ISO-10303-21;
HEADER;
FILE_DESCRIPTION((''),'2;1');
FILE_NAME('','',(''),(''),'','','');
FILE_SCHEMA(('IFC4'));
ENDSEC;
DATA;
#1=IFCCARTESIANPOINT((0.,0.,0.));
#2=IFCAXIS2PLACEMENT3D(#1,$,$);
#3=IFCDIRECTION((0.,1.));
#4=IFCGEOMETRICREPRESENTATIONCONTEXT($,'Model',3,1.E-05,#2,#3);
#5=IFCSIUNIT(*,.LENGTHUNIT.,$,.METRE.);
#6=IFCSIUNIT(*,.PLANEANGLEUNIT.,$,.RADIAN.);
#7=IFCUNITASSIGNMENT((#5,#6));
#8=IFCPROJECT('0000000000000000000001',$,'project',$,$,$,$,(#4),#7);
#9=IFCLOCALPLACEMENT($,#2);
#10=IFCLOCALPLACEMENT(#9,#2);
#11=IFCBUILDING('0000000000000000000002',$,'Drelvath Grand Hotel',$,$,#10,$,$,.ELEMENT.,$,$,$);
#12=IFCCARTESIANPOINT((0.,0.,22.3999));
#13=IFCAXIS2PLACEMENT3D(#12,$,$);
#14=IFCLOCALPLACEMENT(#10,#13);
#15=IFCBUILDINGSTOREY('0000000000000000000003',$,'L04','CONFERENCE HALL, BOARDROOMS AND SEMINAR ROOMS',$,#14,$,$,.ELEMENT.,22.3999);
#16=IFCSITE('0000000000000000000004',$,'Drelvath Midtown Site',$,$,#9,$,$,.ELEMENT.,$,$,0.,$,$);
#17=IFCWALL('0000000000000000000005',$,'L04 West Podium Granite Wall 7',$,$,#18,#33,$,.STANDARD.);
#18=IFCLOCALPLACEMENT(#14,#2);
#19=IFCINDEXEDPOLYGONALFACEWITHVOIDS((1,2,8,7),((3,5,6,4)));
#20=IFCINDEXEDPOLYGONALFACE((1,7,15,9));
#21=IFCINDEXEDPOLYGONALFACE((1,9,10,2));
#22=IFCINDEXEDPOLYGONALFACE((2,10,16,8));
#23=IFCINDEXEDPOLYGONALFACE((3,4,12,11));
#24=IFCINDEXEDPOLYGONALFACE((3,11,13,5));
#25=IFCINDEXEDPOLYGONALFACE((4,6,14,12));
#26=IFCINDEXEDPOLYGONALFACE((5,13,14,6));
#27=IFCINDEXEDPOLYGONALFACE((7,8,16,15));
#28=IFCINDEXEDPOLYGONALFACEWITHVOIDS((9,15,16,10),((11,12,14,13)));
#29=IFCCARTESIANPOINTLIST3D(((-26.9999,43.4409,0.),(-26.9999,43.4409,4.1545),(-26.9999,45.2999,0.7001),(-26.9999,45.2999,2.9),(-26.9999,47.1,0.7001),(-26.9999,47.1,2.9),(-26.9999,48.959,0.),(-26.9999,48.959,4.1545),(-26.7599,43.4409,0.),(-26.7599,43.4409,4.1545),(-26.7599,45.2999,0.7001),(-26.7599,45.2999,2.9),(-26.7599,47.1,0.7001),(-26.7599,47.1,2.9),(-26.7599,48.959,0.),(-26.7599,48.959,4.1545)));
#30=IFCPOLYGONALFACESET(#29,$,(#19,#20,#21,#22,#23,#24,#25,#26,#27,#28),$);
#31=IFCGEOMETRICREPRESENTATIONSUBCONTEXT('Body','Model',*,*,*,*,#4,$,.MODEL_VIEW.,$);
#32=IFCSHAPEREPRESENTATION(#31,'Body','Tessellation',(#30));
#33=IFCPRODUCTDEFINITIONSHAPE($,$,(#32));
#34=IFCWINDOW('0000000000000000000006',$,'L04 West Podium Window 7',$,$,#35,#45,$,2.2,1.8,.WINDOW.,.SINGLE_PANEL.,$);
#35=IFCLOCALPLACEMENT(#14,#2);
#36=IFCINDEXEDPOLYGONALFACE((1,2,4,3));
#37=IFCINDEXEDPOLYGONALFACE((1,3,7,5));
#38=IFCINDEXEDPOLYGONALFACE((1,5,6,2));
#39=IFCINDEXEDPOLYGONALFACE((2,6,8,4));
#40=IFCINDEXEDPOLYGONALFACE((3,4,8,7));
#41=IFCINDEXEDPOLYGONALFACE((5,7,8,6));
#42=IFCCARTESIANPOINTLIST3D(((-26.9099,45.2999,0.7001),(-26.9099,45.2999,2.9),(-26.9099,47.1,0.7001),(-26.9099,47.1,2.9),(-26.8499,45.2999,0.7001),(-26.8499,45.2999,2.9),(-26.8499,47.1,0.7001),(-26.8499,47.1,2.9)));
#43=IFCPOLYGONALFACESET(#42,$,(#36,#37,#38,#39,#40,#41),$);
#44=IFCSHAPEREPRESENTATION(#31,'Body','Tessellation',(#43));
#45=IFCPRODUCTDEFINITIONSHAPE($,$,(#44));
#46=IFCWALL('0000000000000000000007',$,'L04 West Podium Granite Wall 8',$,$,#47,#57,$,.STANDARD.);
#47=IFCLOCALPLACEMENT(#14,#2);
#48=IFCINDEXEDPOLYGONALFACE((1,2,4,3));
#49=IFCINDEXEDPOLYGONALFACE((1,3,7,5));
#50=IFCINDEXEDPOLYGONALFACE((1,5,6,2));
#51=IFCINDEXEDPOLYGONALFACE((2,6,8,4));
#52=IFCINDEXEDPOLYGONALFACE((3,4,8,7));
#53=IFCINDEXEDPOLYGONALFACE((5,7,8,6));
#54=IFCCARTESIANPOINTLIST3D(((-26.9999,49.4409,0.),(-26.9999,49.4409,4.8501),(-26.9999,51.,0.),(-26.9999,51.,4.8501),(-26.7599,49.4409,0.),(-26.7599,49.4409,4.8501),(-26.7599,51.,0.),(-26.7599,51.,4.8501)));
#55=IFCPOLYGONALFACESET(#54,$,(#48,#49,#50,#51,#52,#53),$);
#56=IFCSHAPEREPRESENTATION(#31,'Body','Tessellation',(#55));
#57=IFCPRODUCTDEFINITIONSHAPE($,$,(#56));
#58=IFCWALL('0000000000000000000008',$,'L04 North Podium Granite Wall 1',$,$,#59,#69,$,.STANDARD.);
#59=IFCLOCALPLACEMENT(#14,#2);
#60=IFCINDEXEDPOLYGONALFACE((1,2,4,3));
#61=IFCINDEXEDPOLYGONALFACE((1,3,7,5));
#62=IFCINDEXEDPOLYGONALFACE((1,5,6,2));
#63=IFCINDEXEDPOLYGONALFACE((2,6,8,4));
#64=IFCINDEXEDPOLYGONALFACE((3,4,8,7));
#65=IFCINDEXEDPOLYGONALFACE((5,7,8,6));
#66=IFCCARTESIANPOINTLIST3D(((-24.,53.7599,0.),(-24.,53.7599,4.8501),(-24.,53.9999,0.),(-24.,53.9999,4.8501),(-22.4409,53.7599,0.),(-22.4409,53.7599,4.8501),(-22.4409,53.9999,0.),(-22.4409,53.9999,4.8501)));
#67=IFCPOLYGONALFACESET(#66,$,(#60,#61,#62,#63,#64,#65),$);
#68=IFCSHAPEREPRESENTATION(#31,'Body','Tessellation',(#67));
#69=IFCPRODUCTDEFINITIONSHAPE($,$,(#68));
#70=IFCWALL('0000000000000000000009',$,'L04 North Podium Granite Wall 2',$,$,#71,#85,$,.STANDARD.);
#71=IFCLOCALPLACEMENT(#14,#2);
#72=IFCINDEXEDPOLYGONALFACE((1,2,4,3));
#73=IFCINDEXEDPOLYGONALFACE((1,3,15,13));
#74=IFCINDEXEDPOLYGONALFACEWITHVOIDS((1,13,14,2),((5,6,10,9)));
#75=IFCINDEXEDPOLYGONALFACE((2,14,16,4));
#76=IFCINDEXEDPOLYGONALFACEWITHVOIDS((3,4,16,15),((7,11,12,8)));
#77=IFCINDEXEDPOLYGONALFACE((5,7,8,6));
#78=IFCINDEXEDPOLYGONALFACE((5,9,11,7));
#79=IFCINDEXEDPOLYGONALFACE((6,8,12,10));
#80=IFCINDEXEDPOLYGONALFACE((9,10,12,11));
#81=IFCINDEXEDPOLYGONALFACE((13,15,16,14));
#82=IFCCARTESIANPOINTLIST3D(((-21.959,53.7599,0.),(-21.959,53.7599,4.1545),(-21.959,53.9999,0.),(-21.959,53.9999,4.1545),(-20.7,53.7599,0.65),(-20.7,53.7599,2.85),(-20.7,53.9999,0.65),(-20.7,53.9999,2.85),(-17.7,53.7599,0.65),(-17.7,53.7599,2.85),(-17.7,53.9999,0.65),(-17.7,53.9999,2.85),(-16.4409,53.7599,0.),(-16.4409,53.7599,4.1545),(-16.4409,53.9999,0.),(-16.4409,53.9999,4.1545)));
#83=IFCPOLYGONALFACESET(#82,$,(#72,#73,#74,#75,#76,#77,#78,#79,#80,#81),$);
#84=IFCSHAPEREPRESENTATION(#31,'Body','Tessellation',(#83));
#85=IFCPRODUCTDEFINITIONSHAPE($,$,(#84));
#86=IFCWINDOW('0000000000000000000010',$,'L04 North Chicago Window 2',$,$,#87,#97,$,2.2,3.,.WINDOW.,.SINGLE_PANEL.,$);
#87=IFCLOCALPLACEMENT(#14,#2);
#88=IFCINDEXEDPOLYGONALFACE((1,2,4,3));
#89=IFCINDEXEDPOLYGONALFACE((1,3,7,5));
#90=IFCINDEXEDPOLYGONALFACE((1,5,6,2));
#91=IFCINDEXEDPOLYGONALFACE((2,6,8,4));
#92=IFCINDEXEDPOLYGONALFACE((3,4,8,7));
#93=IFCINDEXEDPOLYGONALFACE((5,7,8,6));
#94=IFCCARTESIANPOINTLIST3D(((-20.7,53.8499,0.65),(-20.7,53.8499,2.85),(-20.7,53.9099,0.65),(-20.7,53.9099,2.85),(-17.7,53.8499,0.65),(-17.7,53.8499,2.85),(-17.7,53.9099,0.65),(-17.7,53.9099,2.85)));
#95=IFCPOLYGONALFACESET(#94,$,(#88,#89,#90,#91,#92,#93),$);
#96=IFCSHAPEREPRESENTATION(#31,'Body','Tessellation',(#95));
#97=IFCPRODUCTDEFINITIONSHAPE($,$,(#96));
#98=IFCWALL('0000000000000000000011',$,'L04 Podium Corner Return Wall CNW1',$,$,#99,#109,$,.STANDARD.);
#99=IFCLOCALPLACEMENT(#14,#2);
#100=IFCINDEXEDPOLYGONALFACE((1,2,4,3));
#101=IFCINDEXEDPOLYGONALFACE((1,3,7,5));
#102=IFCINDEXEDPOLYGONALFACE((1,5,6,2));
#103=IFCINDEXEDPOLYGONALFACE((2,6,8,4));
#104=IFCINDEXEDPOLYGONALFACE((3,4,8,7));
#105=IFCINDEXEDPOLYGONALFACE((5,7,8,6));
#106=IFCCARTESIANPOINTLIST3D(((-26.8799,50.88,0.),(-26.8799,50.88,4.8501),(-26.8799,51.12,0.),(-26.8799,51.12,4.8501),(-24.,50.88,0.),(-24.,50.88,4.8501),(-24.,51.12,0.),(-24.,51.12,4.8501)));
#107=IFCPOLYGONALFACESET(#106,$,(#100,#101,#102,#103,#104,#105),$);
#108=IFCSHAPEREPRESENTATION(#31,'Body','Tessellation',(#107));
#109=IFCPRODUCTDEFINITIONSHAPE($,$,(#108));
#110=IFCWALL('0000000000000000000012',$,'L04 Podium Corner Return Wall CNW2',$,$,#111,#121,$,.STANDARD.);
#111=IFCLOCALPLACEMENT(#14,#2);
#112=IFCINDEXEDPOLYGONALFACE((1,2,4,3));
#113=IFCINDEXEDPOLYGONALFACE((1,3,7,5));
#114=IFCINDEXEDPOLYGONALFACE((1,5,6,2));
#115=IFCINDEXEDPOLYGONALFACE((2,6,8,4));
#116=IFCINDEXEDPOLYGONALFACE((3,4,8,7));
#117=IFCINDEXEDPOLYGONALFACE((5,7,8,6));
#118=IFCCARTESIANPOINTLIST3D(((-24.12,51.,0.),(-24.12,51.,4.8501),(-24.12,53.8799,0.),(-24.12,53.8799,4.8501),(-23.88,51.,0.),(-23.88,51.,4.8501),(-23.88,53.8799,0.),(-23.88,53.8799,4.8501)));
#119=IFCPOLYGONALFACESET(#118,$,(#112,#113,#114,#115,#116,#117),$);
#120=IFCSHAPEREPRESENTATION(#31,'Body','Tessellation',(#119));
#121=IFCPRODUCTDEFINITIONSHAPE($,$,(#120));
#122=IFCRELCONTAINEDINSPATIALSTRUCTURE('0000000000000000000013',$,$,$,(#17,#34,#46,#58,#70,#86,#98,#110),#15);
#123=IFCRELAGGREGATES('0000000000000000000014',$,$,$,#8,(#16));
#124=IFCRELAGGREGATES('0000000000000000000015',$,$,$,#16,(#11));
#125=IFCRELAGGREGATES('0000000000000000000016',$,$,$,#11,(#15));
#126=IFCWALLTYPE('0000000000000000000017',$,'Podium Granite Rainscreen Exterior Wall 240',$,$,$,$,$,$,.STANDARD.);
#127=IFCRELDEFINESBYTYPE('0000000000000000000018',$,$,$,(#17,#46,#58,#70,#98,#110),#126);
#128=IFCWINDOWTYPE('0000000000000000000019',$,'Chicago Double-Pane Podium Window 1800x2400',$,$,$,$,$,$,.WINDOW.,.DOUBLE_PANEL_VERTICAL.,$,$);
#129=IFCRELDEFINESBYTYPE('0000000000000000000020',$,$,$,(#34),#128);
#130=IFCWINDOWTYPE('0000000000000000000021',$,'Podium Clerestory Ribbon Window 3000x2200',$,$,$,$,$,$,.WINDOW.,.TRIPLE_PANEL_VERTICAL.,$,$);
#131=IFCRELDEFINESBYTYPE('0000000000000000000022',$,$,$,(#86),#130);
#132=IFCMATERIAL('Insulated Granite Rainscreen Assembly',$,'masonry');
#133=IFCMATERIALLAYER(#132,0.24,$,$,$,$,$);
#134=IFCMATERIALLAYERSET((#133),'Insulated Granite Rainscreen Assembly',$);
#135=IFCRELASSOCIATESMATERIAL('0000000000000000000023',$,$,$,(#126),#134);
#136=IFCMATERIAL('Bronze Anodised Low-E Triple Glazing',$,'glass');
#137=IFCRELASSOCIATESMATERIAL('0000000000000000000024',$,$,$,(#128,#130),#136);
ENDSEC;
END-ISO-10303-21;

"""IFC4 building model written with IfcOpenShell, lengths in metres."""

from ifc_helpers import new_model, si_unit, direction, frame, frame_2d, origin, place, context, subcontext, project, spatial, rectangle, extrude, material, layer, layer_set, type_object, element, fill, save


model = new_model("IFC4")

# Units and contexts
model_context = context("Model", 3, precision=1e-05, world=origin(), true_north=direction((0.0, 1.0)))
body_context = subcontext(model_context, "Body", "Model", "MODEL_VIEW")
ifc_project = project(units=[si_unit("LENGTHUNIT", "METRE"), si_unit("PLANEANGLEUNIT", "RADIAN")], contexts=[model_context])

# Site, building, storey
site_placement = place(None, origin())
site = spatial("IfcSite", under=ifc_project, at=site_placement, Name="Drelvath Midtown Site", CompositionType="ELEMENT", RefElevation=0.0)
building_placement = place(site_placement, origin())
building = spatial("IfcBuilding", under=site, at=building_placement, Name="Drelvath Grand Hotel", CompositionType="ELEMENT")
storey_placement = place(building_placement, frame((0.0, 0.0, 22.3999)))
storey = spatial("IfcBuildingStorey", under=building, at=storey_placement, Name="L04", Description="CONFERENCE HALL, BOARDROOMS AND SEMINAR ROOMS", CompositionType="ELEMENT", Elevation=22.3999)

# Shared definitions
ifc_material_1 = material(Name="Insulated Granite Rainscreen Assembly", Category="masonry")
ifc_layer_1 = layer(ifc_material_1, 0.24)
ifc_layer_set_1 = layer_set([ifc_layer_1], Name="Insulated Granite Rainscreen Assembly")
wall_type_1 = type_object("IfcWallType", Name="Podium Granite Rainscreen Exterior Wall 240", PredefinedType="STANDARD", material=ifc_layer_set_1)
ifc_material_2 = material(Name="Bronze Anodised Low-E Triple Glazing", Category="glass")

# Wall, opening, window
wall_1_placement = place(storey_placement, frame((-26.8799, 43.4409, 0.0), z_axis=(0.0, 0.0, 1.0), x_axis=(0.0, 1.0, 0.0)))
wall_1 = element("IfcWall", 1, at=wall_1_placement, inside=storey, type_object=wall_type_1, Name="L04 West Podium Granite Wall 7", PredefinedType="STANDARD", context=body_context, shape_type="SweptSolid", body=[
    extrude(rectangle(XDim=5.5181, YDim=0.24, at=frame_2d((2.759, 0.0))), origin(), (0.0, 0.0, 1.0), 4.1545),
])
opening_1_placement = place(wall_1_placement, frame((1.8591, 0.0, 0.7)))
opening_1 = element("IfcOpeningElement", 2, at=opening_1_placement, cuts=wall_1, PredefinedType="OPENING", context=body_context, shape_type="SweptSolid", body=[
    extrude(rectangle(XDim=1.8, YDim=2.2, at=frame_2d((0.8999, 1.1001))), frame((0.0, 0.1299, 0.0), z_axis=(0.0, -1.0, 0.0), x_axis=(1.0, 0.0, 0.0)), (0.0, 0.0, 1.0), 0.26),
])
window_type_1 = type_object("IfcWindowType", Name="Chicago Double-Pane Podium Window 1800x2400", PartitioningType="DOUBLE_PANEL_VERTICAL", PredefinedType="WINDOW", material=ifc_material_2)
window_1_placement = place(opening_1_placement, origin())
window_1 = element("IfcWindow", 3, at=window_1_placement, inside=storey, type_object=window_type_1, Name="L04 West Podium Window 7", OverallHeight=2.2, OverallWidth=1.8, PartitioningType="SINGLE_PANEL", PredefinedType="WINDOW", context=body_context, shape_type="SweptSolid", body=[
    extrude(rectangle(XDim=1.8, YDim=2.2, at=frame_2d((0.8999, 1.1001))), frame((0.0, 0.03, 0.0), z_axis=(0.0, -1.0, 0.0), x_axis=(1.0, 0.0, 0.0)), (0.0, 0.0, 1.0), 0.0601),
])
fill(opening_1, window_1)

# Walls
for number, where, z_axis, x_axis, name in (
    (4, (-26.8799, 49.4409, 0.0), (0.0, 0.0, 1.0), (0.0, 1.0, 0.0), "L04 West Podium Granite Wall 8"),
    (5, (-24.0, 53.8799, 0.0), (0.0, 0.0, 1.0), (1.0, 0.0, 0.0), "L04 North Podium Granite Wall 1"),
):
    element("IfcWall", number, at=place(storey_placement, frame(where, z_axis=z_axis, x_axis=x_axis)), inside=storey, type_object=wall_type_1, Name=name, PredefinedType="STANDARD", context=body_context, shape_type="SweptSolid", body=[
        extrude(rectangle(XDim=1.5591, YDim=0.24, at=frame_2d((0.7795, 0.0))), origin(), (0.0, 0.0, 1.0), 4.8501),
    ])

# Wall, opening, window
wall_2_placement = place(storey_placement, frame((-21.959, 53.8799, 0.0), z_axis=(0.0, 0.0, 1.0), x_axis=(1.0, 0.0, 0.0)))
wall_2 = element("IfcWall", 6, at=wall_2_placement, inside=storey, type_object=wall_type_1, Name="L04 North Podium Granite Wall 2", PredefinedType="STANDARD", context=body_context, shape_type="SweptSolid", body=[
    extrude(rectangle(XDim=5.5181, YDim=0.24, at=frame_2d((2.759, 0.0))), origin(), (0.0, 0.0, 1.0), 4.1545),
])
opening_2_placement = place(wall_2_placement, frame((1.259, 0.0, 0.6499)))
opening_2 = element("IfcOpeningElement", 7, at=opening_2_placement, cuts=wall_2, PredefinedType="OPENING", context=body_context, shape_type="SweptSolid", body=[
    extrude(rectangle(XDim=3.0, YDim=2.2, at=frame_2d((1.5, 1.1001))), frame((0.0, 0.1299, 0.0), z_axis=(0.0, -1.0, 0.0), x_axis=(1.0, 0.0, 0.0)), (0.0, 0.0, 1.0), 0.26),
])
window_type_2 = type_object("IfcWindowType", Name="Podium Clerestory Ribbon Window 3000x2200", PartitioningType="TRIPLE_PANEL_VERTICAL", PredefinedType="WINDOW", material=ifc_material_2)
window_2_placement = place(opening_2_placement, origin())
window_2 = element("IfcWindow", 8, at=window_2_placement, inside=storey, type_object=window_type_2, Name="L04 North Chicago Window 2", OverallHeight=2.2, OverallWidth=3.0, PartitioningType="SINGLE_PANEL", PredefinedType="WINDOW", context=body_context, shape_type="SweptSolid", body=[
    extrude(rectangle(XDim=3.0, YDim=2.2, at=frame_2d((1.5, 1.1001))), frame((0.0, 0.03, 0.0), z_axis=(0.0, -1.0, 0.0), x_axis=(1.0, 0.0, 0.0)), (0.0, 0.0, 1.0), 0.0601),
])
fill(opening_2, window_2)

# Walls
for number, where, z_axis, x_axis, name in (
    (9, (-26.8799, 51.0, 0.0), (0.0, 0.0, 1.0), (1.0, 0.0, 0.0), "L04 Podium Corner Return Wall CNW1"),
    (10, (-24.0, 51.0, 0.0), (0.0, 0.0, 1.0), (0.0, 1.0, 0.0), "L04 Podium Corner Return Wall CNW2"),
):
    element("IfcWall", number, at=place(storey_placement, frame(where, z_axis=z_axis, x_axis=x_axis)), inside=storey, type_object=wall_type_1, Name=name, PredefinedType="STANDARD", context=body_context, shape_type="SweptSolid", body=[
        extrude(rectangle(XDim=2.8799, YDim=0.24, at=frame_2d((1.4399, 0.0))), origin(), (0.0, 0.0, 1.0), 4.8501),
    ])

save(model, "model.ifc")
